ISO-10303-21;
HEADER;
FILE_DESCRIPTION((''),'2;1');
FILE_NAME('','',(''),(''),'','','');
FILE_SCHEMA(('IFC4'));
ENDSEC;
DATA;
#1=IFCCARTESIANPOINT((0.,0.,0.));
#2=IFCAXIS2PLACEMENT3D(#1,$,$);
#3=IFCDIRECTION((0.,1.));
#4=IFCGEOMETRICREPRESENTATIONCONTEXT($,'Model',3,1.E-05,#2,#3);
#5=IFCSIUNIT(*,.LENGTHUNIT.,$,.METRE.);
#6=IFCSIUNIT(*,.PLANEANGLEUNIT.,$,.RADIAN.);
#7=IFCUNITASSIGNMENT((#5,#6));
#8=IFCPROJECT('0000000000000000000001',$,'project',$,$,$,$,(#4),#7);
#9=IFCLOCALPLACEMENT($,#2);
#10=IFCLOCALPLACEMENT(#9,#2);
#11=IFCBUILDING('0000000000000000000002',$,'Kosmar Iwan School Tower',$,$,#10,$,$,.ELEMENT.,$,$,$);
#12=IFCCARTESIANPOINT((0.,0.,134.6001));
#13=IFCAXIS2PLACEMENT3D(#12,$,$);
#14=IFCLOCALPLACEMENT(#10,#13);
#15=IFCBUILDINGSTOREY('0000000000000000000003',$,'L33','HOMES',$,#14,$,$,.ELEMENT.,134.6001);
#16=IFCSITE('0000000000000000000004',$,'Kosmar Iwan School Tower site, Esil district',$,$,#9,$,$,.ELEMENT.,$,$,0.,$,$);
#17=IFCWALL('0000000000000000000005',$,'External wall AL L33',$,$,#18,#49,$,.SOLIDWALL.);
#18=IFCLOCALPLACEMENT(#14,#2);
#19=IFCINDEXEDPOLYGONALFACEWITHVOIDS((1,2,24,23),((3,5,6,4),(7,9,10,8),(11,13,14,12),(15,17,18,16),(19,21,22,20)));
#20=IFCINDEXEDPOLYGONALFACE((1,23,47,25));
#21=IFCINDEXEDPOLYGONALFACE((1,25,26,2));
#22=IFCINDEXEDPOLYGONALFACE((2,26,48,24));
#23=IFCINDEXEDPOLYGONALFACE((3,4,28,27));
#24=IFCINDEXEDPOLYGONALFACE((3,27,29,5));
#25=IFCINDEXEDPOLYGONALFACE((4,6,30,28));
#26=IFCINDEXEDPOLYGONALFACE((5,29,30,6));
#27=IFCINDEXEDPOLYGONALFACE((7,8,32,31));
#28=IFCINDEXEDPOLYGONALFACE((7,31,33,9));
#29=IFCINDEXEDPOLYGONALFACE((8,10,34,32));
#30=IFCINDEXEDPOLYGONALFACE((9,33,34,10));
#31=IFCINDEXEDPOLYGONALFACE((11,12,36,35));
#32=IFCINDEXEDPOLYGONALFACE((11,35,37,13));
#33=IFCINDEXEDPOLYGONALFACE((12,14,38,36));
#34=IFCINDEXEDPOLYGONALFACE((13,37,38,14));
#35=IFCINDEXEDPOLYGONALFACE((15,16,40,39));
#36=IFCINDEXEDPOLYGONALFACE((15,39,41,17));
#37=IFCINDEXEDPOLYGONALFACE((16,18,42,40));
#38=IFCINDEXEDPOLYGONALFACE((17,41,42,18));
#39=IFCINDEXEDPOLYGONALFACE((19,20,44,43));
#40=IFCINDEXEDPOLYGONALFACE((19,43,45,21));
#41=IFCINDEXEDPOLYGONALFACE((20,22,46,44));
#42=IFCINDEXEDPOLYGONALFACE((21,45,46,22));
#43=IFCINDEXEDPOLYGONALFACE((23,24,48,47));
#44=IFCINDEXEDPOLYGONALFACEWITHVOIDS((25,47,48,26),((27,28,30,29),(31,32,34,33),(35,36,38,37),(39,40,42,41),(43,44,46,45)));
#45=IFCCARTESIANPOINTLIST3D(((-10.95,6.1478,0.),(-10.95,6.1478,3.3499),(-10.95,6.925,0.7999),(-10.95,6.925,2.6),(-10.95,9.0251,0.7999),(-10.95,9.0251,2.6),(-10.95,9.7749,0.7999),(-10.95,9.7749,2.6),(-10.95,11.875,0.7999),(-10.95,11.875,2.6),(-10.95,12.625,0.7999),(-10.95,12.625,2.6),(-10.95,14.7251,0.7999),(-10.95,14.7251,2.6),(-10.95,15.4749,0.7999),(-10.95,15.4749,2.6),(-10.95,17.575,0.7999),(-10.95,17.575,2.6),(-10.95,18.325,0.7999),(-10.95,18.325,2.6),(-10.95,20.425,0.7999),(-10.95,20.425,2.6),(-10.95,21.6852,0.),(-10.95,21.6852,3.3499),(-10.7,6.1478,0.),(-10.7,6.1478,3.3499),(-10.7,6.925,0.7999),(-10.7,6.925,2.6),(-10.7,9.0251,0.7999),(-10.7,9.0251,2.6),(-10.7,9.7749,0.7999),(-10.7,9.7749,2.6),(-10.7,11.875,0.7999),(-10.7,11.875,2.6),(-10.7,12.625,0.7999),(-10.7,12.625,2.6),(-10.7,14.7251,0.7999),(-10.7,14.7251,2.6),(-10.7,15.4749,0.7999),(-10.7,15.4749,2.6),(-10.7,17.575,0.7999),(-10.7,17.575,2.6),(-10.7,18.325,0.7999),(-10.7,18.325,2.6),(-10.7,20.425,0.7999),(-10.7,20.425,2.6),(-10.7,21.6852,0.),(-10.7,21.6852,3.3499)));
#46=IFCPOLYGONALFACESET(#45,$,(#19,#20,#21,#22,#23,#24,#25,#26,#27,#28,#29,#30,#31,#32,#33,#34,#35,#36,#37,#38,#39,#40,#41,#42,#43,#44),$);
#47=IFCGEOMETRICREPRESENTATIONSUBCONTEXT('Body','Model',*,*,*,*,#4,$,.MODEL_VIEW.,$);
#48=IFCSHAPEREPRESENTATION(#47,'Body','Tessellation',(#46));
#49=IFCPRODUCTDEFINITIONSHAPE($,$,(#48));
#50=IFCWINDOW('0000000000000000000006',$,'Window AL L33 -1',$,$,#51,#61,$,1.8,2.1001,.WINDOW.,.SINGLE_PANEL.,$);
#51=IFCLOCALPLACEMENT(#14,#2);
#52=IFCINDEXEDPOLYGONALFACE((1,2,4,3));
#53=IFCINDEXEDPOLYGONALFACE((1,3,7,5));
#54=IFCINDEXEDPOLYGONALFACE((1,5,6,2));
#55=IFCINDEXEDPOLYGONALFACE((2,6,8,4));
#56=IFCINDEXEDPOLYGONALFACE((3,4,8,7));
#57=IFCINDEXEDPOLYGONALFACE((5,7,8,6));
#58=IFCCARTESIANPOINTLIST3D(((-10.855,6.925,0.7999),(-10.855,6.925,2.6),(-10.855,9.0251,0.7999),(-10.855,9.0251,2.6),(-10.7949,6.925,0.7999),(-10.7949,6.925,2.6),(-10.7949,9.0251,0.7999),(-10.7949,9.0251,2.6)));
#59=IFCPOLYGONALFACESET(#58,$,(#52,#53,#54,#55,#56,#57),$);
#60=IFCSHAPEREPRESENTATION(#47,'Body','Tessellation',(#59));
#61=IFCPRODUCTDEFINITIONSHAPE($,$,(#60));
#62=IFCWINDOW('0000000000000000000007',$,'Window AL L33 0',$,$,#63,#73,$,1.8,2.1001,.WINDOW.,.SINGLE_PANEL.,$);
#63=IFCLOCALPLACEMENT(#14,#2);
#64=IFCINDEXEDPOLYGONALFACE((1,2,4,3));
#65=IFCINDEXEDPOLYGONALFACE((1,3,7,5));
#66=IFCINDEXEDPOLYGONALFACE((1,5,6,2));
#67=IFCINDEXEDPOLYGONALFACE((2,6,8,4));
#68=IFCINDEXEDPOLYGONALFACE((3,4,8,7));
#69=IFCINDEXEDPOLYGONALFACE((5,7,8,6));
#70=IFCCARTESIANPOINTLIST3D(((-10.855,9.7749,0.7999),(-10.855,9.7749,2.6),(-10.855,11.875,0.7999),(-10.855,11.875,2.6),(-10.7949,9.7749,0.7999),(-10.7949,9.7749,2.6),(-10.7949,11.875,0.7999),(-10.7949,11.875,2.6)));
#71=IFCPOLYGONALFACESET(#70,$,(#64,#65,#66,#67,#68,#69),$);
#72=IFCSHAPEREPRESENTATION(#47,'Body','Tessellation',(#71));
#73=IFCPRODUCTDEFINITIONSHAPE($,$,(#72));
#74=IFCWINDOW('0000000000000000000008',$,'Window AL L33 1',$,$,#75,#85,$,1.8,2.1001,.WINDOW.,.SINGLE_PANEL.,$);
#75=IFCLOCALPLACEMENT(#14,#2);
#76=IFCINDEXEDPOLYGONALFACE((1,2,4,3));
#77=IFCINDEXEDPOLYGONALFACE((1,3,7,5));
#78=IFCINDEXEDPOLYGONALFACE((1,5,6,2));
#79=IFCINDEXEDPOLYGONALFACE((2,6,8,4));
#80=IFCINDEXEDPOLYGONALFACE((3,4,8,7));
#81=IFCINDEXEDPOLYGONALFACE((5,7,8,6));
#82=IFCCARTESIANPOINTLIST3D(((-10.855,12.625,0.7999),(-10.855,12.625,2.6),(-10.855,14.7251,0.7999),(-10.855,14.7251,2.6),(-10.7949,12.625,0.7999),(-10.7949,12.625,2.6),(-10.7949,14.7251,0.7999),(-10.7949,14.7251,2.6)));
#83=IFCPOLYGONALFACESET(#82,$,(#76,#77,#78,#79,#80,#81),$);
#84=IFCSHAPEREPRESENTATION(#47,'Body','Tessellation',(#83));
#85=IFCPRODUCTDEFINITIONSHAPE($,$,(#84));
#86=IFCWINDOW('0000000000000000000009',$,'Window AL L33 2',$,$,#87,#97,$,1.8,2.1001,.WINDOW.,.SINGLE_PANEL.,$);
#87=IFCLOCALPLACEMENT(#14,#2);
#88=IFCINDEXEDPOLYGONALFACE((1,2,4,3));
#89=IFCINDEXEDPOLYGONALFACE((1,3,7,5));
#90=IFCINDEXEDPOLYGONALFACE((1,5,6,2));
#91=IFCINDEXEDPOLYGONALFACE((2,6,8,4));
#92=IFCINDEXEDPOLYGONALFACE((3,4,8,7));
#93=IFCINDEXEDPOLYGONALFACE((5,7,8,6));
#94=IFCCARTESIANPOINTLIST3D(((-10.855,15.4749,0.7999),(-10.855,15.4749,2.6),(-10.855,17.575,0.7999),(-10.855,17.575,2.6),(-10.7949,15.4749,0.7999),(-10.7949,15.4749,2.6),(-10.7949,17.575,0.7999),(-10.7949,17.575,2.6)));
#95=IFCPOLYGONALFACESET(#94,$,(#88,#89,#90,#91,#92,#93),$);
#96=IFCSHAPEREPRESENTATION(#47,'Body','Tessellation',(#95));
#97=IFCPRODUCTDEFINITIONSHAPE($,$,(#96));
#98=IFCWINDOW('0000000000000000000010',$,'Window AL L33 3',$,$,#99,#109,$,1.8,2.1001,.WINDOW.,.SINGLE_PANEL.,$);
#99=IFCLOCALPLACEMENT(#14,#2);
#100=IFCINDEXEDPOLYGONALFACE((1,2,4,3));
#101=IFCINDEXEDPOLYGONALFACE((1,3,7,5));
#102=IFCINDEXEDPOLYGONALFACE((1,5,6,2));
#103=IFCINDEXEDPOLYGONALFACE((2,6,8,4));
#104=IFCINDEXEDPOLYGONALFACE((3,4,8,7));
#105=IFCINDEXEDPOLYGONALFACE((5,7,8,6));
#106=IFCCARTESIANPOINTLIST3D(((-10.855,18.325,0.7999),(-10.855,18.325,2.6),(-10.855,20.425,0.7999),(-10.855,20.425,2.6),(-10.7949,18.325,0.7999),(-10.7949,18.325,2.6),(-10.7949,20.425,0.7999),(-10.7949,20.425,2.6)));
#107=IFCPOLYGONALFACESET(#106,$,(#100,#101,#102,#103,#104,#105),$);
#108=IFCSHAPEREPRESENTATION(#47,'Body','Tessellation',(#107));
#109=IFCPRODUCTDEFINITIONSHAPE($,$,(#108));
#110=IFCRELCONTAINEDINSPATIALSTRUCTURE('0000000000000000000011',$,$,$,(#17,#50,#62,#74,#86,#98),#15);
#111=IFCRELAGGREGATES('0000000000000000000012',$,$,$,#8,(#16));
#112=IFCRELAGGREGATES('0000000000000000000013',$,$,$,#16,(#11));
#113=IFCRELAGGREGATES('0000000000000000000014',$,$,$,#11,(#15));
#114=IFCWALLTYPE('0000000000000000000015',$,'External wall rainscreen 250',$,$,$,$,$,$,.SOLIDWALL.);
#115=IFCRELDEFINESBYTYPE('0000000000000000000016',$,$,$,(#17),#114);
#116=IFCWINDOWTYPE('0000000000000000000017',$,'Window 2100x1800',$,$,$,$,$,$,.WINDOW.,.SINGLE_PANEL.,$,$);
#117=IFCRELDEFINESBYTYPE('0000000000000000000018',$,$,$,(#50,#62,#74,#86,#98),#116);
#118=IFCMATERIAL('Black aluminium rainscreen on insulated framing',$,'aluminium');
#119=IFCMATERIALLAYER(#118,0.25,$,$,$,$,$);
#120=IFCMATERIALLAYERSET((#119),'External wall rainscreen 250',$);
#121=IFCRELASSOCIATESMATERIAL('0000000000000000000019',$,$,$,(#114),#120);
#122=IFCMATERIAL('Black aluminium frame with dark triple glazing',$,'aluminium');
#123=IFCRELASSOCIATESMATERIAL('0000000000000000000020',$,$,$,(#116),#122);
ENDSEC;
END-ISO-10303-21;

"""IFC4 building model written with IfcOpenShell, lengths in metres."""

from ifc_helpers import new_model, si_unit, direction, frame, frame_2d, origin, place, context, subcontext, project, spatial, rectangle, extrude, material, layer, layer_set, type_object, element, fill, save


model = new_model("IFC4")

# Units and contexts
model_context = context("Model", 3, precision=1e-05, world=origin(), true_north=direction((0.0, 1.0)))
body_context = subcontext(model_context, "Body", "Model", "MODEL_VIEW")
ifc_project = project(units=[si_unit("LENGTHUNIT", "METRE"), si_unit("PLANEANGLEUNIT", "RADIAN")], contexts=[model_context])

# Site, building, storey
site_placement = place(None, origin())
site = spatial("IfcSite", under=ifc_project, at=site_placement, Name="Kosmar Iwan School Tower site, Esil district", CompositionType="ELEMENT", RefElevation=0.0)
building_placement = place(site_placement, origin())
building = spatial("IfcBuilding", under=site, at=building_placement, Name="Kosmar Iwan School Tower", CompositionType="ELEMENT")
storey_placement = place(building_placement, frame((0.0, 0.0, 134.6001)))
storey = spatial("IfcBuildingStorey", under=building, at=storey_placement, Name="L33", Description="HOMES", CompositionType="ELEMENT", Elevation=134.6001)

# Wall, openings, windows
ifc_material_1 = material(Name="Black aluminium rainscreen on insulated framing", Category="aluminium")
ifc_layer = layer(ifc_material_1, 0.25)
ifc_layer_set = layer_set([ifc_layer], Name="External wall rainscreen 250")
wall_type = type_object("IfcWallType", Name="External wall rainscreen 250", PredefinedType="SOLIDWALL", material=ifc_layer_set)
wall_1_placement = place(storey_placement, frame((-10.825, 6.1479, 0.0), z_axis=(0.0, 0.0, 1.0), x_axis=(0.0, 1.0, 0.0)))
wall_1 = element("IfcWall", 1, at=wall_1_placement, inside=storey, type_object=wall_type, Name="External wall AL L33", PredefinedType="SOLIDWALL", context=body_context, shape_type="SweptSolid", body=[
    extrude(rectangle(XDim=15.5374, YDim=0.25, at=frame_2d((7.7686, 0.0))), origin(), (0.0, 0.0, 1.0), 3.3499),
])
opening_1_placement = place(wall_1_placement, frame((0.7771, 0.0, 0.8)))
opening_1 = element("IfcOpeningElement", 2, at=opening_1_placement, cuts=wall_1, PredefinedType="OPENING", context=body_context, shape_type="SweptSolid", body=[
    extrude(rectangle(XDim=2.1001, YDim=1.8, at=frame_2d((1.05, 0.8999))), frame((0.0, 0.137, 0.0), z_axis=(0.0, -1.0, 0.0), x_axis=(1.0, 0.0, 0.0)), (0.0, 0.0, 1.0), 0.2739),
])
opening_2_placement = place(wall_1_placement, frame((3.627, 0.0, 0.8)))
opening_2 = element("IfcOpeningElement", 3, at=opening_2_placement, cuts=wall_1, PredefinedType="OPENING", context=body_context, shape_type="SweptSolid", body=[
    extrude(rectangle(XDim=2.1001, YDim=1.8, at=frame_2d((1.05, 0.8999))), frame((0.0, 0.137, 0.0), z_axis=(0.0, -1.0, 0.0), x_axis=(1.0, 0.0, 0.0)), (0.0, 0.0, 1.0), 0.2739),
])
opening_3_placement = place(wall_1_placement, frame((6.4771, 0.0, 0.8)))
opening_3 = element("IfcOpeningElement", 4, at=opening_3_placement, cuts=wall_1, PredefinedType="OPENING", context=body_context, shape_type="SweptSolid", body=[
    extrude(rectangle(XDim=2.1001, YDim=1.8, at=frame_2d((1.05, 0.8999))), frame((0.0, 0.137, 0.0), z_axis=(0.0, -1.0, 0.0), x_axis=(1.0, 0.0, 0.0)), (0.0, 0.0, 1.0), 0.2739),
])
opening_4_placement = place(wall_1_placement, frame((9.3269, 0.0, 0.8)))
opening_4 = element("IfcOpeningElement", 5, at=opening_4_placement, cuts=wall_1, PredefinedType="OPENING", context=body_context, shape_type="SweptSolid", body=[
    extrude(rectangle(XDim=2.1001, YDim=1.8, at=frame_2d((1.05, 0.8999))), frame((0.0, 0.137, 0.0), z_axis=(0.0, -1.0, 0.0), x_axis=(1.0, 0.0, 0.0)), (0.0, 0.0, 1.0), 0.2739),
])
opening_5_placement = place(wall_1_placement, frame((12.177, 0.0, 0.8)))
opening_5 = element("IfcOpeningElement", 6, at=opening_5_placement, cuts=wall_1, PredefinedType="OPENING", context=body_context, shape_type="SweptSolid", body=[
    extrude(rectangle(XDim=2.1001, YDim=1.8, at=frame_2d((1.05, 0.8999))), frame((0.0, 0.137, 0.0), z_axis=(0.0, -1.0, 0.0), x_axis=(1.0, 0.0, 0.0)), (0.0, 0.0, 1.0), 0.2739),
])
ifc_material_2 = material(Name="Black aluminium frame with dark triple glazing", Category="aluminium")
window_type = type_object("IfcWindowType", Name="Window 2100x1800", PartitioningType="SINGLE_PANEL", PredefinedType="WINDOW", material=ifc_material_2)
window_1_placement = place(opening_1_placement, origin())
window_1 = element("IfcWindow", 7, at=window_1_placement, inside=storey, type_object=window_type, Name="Window AL L33 -1", OverallHeight=1.8, OverallWidth=2.1001, PartitioningType="SINGLE_PANEL", PredefinedType="WINDOW", context=body_context, shape_type="SweptSolid", body=[
    extrude(rectangle(XDim=2.1001, YDim=1.8, at=frame_2d((1.05, 0.8999))), frame((0.0, 0.03, 0.0), z_axis=(0.0, -1.0, 0.0), x_axis=(1.0, 0.0, 0.0)), (0.0, 0.0, 1.0), 0.0601),
])
fill(opening_1, window_1)
window_2_placement = place(opening_2_placement, origin())
window_2 = element("IfcWindow", 8, at=window_2_placement, inside=storey, type_object=window_type, Name="Window AL L33 0", OverallHeight=1.8, OverallWidth=2.1001, PartitioningType="SINGLE_PANEL", PredefinedType="WINDOW", context=body_context, shape_type="SweptSolid", body=[
    extrude(rectangle(XDim=2.1001, YDim=1.8, at=frame_2d((1.05, 0.8999))), frame((0.0, 0.03, 0.0), z_axis=(0.0, -1.0, 0.0), x_axis=(1.0, 0.0, 0.0)), (0.0, 0.0, 1.0), 0.0601),
])
fill(opening_2, window_2)
window_3_placement = place(opening_3_placement, origin())
window_3 = element("IfcWindow", 9, at=window_3_placement, inside=storey, type_object=window_type, Name="Window AL L33 1", OverallHeight=1.8, OverallWidth=2.1001, PartitioningType="SINGLE_PANEL", PredefinedType="WINDOW", context=body_context, shape_type="SweptSolid", body=[
    extrude(rectangle(XDim=2.1001, YDim=1.8, at=frame_2d((1.05, 0.8999))), frame((0.0, 0.03, 0.0), z_axis=(0.0, -1.0, 0.0), x_axis=(1.0, 0.0, 0.0)), (0.0, 0.0, 1.0), 0.0601),
])
fill(opening_3, window_3)
window_4_placement = place(opening_4_placement, origin())
window_4 = element("IfcWindow", 10, at=window_4_placement, inside=storey, type_object=window_type, Name="Window AL L33 2", OverallHeight=1.8, OverallWidth=2.1001, PartitioningType="SINGLE_PANEL", PredefinedType="WINDOW", context=body_context, shape_type="SweptSolid", body=[
    extrude(rectangle(XDim=2.1001, YDim=1.8, at=frame_2d((1.05, 0.8999))), frame((0.0, 0.03, 0.0), z_axis=(0.0, -1.0, 0.0), x_axis=(1.0, 0.0, 0.0)), (0.0, 0.0, 1.0), 0.0601),
])
fill(opening_4, window_4)
window_5_placement = place(opening_5_placement, origin())
window_5 = element("IfcWindow", 11, at=window_5_placement, inside=storey, type_object=window_type, Name="Window AL L33 3", OverallHeight=1.8, OverallWidth=2.1001, PartitioningType="SINGLE_PANEL", PredefinedType="WINDOW", context=body_context, shape_type="SweptSolid", body=[
    extrude(rectangle(XDim=2.1001, YDim=1.8, at=frame_2d((1.05, 0.8999))), frame((0.0, 0.03, 0.0), z_axis=(0.0, -1.0, 0.0), x_axis=(1.0, 0.0, 0.0)), (0.0, 0.0, 1.0), 0.0601),
])
fill(opening_5, window_5)

save(model, "model.ifc")
